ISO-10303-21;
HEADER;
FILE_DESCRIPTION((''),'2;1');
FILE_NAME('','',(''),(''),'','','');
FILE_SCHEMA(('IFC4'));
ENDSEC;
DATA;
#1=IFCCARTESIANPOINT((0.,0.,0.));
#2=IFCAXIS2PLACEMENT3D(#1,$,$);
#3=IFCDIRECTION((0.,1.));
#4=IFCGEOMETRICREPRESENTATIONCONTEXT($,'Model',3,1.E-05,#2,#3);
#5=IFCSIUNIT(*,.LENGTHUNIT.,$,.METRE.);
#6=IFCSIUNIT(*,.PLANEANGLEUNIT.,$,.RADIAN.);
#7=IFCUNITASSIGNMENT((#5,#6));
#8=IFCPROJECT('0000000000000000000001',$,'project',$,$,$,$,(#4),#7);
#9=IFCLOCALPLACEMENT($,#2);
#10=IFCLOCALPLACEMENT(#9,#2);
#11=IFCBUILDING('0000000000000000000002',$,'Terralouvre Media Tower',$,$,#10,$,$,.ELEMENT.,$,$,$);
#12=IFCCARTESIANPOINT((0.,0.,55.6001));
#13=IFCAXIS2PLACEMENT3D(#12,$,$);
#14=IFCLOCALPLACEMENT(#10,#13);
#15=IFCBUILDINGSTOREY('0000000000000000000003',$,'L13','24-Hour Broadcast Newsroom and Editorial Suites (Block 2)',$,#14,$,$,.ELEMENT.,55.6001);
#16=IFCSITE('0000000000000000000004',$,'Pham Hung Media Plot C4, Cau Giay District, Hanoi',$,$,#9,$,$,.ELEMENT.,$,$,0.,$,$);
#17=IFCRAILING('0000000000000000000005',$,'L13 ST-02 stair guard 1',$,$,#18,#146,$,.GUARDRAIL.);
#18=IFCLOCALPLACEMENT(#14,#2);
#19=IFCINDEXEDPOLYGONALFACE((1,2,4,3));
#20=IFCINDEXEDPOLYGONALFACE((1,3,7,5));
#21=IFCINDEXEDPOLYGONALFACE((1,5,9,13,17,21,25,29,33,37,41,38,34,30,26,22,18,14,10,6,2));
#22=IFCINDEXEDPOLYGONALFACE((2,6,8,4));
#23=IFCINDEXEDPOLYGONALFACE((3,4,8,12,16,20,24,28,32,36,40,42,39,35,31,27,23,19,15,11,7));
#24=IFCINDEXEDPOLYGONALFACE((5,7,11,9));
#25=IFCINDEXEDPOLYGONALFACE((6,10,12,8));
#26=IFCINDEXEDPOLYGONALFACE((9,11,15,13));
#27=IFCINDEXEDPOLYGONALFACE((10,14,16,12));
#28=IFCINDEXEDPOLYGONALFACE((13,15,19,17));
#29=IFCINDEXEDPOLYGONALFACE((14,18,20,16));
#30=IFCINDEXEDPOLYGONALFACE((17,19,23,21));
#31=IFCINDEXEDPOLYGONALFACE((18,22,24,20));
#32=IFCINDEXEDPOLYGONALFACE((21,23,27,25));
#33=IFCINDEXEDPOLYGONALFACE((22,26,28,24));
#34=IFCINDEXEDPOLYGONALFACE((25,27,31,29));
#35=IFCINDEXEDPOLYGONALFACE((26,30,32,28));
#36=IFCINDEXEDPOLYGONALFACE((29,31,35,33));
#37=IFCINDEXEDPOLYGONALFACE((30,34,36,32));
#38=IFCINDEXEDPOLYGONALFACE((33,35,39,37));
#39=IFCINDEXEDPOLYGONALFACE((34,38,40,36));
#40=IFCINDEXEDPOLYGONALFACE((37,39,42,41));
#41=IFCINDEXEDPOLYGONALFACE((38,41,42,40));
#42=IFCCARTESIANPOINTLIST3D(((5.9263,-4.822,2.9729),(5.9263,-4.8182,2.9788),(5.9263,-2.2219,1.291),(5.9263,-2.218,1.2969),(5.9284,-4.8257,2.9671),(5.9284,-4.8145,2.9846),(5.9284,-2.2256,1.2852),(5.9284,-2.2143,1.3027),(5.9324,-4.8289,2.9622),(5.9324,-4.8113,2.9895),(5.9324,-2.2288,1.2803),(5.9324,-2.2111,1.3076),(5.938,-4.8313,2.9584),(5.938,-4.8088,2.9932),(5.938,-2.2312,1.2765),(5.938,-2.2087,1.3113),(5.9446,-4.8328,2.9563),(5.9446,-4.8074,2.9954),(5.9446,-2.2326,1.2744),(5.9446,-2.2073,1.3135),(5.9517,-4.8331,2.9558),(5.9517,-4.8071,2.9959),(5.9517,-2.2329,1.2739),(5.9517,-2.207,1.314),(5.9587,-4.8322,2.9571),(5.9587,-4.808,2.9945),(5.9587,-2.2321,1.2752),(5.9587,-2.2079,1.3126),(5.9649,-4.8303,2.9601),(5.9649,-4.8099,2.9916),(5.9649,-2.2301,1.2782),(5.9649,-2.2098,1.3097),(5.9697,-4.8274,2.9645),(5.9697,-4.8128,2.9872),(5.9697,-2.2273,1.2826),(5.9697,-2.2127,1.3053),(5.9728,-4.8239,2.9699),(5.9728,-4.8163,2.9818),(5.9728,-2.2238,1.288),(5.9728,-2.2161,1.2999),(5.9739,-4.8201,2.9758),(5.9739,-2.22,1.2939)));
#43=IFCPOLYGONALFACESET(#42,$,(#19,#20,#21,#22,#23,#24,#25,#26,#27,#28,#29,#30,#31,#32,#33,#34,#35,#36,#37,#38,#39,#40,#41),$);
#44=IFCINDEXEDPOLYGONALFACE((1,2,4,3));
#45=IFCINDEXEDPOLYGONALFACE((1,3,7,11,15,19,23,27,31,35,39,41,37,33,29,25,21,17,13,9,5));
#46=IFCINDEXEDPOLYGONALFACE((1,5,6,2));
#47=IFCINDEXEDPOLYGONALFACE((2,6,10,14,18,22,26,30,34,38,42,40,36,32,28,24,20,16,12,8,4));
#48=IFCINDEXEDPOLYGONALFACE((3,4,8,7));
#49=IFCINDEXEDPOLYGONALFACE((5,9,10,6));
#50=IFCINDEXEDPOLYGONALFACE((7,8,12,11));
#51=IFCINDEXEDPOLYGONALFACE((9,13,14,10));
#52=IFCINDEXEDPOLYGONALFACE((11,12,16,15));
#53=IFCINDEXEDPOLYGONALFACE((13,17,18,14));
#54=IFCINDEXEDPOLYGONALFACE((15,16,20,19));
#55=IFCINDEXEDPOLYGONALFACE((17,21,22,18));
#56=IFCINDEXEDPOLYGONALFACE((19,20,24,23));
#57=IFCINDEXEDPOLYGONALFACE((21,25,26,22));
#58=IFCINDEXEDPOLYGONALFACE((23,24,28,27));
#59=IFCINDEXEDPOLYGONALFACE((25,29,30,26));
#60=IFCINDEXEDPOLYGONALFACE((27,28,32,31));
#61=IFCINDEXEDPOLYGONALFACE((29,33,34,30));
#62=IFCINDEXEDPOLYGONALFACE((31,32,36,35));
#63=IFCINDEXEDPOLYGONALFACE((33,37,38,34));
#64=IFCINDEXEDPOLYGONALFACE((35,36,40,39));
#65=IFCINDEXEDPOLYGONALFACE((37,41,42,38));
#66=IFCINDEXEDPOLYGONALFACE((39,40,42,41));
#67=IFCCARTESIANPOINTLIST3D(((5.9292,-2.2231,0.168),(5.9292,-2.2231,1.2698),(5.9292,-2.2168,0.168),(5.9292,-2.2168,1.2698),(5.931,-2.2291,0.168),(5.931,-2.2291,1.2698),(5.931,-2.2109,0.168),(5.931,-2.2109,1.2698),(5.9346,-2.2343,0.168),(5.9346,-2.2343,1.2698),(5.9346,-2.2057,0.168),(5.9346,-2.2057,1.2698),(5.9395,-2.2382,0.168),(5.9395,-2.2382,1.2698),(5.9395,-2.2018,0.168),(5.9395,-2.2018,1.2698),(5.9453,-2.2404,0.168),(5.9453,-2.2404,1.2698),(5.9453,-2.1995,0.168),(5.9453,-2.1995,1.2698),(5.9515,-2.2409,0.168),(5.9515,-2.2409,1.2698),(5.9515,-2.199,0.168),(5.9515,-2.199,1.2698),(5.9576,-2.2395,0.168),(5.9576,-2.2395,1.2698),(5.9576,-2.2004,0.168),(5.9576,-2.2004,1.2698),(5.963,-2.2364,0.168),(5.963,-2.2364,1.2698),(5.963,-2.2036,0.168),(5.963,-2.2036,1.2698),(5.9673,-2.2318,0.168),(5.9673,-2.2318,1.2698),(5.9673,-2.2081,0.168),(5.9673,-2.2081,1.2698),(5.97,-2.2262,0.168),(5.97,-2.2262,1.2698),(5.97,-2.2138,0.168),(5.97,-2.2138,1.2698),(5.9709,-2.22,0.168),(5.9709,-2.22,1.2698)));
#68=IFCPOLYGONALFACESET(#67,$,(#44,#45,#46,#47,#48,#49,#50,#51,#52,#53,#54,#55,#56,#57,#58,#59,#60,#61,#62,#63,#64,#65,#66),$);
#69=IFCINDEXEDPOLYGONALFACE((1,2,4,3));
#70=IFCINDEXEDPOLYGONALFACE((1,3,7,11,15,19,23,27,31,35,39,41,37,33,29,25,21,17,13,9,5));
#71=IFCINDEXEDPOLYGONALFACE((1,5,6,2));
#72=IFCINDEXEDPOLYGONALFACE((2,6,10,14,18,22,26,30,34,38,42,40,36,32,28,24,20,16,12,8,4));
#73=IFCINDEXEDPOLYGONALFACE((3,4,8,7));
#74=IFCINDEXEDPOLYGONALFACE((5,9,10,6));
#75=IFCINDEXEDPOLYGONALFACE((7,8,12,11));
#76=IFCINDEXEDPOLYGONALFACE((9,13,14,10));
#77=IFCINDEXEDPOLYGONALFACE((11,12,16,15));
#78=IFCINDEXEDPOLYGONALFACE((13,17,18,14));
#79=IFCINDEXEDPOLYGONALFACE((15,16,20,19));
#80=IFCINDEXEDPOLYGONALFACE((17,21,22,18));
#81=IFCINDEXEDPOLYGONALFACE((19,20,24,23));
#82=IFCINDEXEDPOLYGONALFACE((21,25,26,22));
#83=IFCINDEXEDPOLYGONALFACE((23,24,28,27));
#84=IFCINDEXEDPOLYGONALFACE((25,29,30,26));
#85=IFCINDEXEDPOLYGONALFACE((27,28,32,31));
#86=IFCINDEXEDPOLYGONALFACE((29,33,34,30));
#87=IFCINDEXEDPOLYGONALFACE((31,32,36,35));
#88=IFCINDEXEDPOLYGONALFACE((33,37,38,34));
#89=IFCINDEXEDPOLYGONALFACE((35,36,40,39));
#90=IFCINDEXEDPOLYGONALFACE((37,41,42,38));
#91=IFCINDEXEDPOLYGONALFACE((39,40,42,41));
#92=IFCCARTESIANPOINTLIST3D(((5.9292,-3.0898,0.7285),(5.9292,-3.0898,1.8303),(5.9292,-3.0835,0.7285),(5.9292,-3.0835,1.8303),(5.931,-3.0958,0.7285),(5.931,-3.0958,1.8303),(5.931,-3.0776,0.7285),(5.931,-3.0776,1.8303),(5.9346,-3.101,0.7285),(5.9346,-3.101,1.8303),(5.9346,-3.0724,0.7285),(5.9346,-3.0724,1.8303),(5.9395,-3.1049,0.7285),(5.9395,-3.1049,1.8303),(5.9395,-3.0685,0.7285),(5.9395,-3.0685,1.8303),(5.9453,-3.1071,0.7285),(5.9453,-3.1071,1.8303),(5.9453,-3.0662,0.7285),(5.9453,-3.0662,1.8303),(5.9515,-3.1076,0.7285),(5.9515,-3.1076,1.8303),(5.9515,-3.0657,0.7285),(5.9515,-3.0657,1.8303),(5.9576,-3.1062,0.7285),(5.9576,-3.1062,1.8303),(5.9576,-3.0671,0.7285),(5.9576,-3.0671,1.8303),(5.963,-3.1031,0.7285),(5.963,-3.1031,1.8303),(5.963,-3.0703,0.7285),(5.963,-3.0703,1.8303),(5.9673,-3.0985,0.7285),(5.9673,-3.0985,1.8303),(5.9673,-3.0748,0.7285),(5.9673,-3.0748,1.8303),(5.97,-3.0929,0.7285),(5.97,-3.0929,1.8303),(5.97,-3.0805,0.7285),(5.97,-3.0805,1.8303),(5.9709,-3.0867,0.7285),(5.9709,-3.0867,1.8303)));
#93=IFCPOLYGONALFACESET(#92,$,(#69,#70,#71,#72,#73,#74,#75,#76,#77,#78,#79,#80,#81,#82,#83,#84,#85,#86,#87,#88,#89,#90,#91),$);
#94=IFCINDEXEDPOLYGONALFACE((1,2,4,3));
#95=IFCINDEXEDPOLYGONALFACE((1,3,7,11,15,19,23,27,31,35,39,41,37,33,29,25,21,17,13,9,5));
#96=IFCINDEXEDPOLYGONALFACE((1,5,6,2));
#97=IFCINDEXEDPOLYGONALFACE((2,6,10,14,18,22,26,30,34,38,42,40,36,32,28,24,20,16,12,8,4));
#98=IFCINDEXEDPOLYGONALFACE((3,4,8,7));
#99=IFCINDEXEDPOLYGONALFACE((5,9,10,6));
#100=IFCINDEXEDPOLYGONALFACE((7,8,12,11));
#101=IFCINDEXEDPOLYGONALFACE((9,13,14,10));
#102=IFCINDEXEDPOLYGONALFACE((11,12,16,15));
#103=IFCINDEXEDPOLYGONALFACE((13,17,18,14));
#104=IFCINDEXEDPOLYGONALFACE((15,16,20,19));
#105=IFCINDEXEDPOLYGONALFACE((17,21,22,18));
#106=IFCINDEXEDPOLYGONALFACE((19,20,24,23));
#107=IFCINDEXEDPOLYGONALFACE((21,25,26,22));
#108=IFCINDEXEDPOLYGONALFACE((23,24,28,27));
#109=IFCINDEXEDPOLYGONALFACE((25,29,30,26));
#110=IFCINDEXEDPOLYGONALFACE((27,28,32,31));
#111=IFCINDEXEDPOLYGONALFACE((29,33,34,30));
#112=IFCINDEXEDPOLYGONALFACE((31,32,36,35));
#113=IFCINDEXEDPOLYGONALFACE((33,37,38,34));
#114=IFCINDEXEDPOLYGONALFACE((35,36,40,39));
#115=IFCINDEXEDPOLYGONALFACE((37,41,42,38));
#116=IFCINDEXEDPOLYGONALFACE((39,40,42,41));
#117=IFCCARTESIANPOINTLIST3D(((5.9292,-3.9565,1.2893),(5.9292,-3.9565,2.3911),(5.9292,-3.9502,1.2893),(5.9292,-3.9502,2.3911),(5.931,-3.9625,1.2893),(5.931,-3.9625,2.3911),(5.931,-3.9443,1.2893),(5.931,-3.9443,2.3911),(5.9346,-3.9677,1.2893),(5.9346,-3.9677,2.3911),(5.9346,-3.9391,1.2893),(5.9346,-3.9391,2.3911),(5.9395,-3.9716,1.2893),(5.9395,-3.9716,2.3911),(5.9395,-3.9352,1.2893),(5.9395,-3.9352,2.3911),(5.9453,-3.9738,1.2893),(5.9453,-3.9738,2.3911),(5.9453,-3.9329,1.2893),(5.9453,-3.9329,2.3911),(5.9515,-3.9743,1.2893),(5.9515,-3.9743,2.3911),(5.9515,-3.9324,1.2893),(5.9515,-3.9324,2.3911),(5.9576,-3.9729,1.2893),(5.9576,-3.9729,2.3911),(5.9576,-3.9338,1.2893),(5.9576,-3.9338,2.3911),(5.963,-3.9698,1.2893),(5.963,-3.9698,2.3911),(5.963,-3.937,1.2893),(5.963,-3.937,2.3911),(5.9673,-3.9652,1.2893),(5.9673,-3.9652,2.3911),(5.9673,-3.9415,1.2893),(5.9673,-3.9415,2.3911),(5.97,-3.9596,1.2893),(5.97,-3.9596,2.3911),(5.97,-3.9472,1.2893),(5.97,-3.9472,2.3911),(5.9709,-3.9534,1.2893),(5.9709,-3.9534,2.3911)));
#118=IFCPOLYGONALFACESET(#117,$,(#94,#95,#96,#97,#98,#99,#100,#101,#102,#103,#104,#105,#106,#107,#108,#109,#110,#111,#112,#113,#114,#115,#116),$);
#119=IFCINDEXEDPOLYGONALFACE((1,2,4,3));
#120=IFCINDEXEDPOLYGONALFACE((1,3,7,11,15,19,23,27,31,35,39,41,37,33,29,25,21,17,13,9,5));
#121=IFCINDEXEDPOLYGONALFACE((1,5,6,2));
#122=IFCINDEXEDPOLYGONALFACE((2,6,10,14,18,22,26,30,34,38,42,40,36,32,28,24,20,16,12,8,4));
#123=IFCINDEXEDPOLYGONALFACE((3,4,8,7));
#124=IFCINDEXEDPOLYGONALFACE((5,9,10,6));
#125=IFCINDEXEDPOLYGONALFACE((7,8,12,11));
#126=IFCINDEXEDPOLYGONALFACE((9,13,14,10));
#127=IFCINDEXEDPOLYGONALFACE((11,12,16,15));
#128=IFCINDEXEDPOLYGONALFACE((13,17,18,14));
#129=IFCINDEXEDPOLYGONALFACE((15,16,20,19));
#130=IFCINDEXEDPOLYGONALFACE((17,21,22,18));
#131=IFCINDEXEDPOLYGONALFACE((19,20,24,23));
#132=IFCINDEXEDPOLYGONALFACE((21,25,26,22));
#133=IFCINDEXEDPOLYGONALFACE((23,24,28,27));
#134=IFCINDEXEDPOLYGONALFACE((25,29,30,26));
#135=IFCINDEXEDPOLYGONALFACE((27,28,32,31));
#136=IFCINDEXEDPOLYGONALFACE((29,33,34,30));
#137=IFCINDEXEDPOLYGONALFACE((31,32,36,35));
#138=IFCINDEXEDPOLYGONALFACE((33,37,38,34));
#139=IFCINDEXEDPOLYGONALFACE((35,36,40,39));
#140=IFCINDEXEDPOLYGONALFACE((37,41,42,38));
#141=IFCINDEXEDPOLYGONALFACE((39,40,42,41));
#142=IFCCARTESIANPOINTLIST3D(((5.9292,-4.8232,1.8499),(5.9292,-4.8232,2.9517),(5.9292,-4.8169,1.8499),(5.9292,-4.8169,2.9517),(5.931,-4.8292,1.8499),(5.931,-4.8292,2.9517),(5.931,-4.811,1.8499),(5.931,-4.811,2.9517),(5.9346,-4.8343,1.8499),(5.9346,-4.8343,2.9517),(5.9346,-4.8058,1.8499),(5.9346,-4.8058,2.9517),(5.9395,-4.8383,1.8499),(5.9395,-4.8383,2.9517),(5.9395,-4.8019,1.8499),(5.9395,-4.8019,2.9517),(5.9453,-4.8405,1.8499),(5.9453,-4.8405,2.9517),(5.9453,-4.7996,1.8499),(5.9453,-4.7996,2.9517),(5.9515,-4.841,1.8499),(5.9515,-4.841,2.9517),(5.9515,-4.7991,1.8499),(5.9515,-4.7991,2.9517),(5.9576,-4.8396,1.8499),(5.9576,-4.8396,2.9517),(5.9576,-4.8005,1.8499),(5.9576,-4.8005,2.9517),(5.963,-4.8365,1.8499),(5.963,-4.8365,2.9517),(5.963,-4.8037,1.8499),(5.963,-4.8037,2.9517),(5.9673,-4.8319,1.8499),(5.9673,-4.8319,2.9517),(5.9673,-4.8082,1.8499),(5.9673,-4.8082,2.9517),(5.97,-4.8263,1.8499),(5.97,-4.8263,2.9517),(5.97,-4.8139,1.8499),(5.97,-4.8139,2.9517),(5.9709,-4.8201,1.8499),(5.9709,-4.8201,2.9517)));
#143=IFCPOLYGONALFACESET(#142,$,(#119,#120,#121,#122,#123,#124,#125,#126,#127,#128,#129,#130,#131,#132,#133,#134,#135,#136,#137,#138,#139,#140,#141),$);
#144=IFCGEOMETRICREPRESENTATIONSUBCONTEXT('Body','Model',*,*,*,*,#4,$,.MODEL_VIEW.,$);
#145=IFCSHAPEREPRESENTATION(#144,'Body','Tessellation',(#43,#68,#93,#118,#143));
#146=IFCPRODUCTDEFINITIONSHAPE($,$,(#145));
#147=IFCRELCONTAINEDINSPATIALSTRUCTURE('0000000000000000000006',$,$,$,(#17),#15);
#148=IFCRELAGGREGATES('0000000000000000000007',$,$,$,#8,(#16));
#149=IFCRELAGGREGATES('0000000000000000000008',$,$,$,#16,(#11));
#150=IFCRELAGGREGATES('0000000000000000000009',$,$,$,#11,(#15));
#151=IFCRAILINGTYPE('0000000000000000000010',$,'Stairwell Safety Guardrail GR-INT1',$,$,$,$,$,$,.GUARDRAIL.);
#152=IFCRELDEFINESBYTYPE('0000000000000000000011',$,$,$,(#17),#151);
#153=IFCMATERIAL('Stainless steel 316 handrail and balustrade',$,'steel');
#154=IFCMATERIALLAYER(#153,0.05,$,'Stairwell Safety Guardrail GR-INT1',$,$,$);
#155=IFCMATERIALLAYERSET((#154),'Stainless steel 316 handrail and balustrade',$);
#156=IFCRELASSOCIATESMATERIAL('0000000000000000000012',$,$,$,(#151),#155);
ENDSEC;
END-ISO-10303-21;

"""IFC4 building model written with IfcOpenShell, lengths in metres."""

from ifc_helpers import new_model, si_unit, direction, frame, origin, origin_2d, place, context, subcontext, project, spatial, circle, extrude, material, layer, layer_set, type_object, element, save


model = new_model("IFC4")

# Units and contexts
model_context = context("Model", 3, precision=1e-05, world=origin(), true_north=direction((0.0, 1.0)))
body_context = subcontext(model_context, "Body", "Model", "MODEL_VIEW")
ifc_project = project(units=[si_unit("LENGTHUNIT", "METRE"), si_unit("PLANEANGLEUNIT", "RADIAN")], contexts=[model_context])

# Site, building, storey
site_placement = place(None, origin())
site = spatial("IfcSite", under=ifc_project, at=site_placement, Name="Pham Hung Media Plot C4, Cau Giay District, Hanoi", CompositionType="ELEMENT", RefElevation=0.0)
building_placement = place(site_placement, origin())
building = spatial("IfcBuilding", under=site, at=building_placement, Name="Terralouvre Media Tower", CompositionType="ELEMENT")
storey_placement = place(building_placement, frame((0.0, 0.0, 55.6001)))
storey = spatial("IfcBuildingStorey", under=building, at=storey_placement, Name="L13", Description="24-Hour Broadcast Newsroom and Editorial Suites (Block 2)", CompositionType="ELEMENT", Elevation=55.6001)

# Railing
ifc_material_1 = material(Name="Stainless steel 316 handrail and balustrade", Category="steel")
ifc_layer_1 = layer(ifc_material_1, 0.05, Name="Stairwell Safety Guardrail GR-INT1")
ifc_layer_set_1 = layer_set([ifc_layer_1], Name="Stainless steel 316 handrail and balustrade")
railing_type_1 = type_object("IfcRailingType", Name="Stairwell Safety Guardrail GR-INT1", PredefinedType="GUARDRAIL", material=ifc_layer_set_1)
railing_1_placement = place(storey_placement, frame((5.95, -2.22, 0.168)))
element("IfcRailing", 1, at=railing_1_placement, inside=storey, type_object=railing_type_1, Name="L13 ST-02 stair guard 1", PredefinedType="GUARDRAIL", context=body_context, shape_type="SweptSolid", body=[
    extrude(circle(Radius=0.0239, at=origin_2d()), frame((0.0, 0.0, 1.126), z_axis=(0.0, -0.839648, 0.54313), x_axis=(1.0, 0.0, 0.0)), (0.0, 0.0, 1.0), 3.0967),
    extrude(circle(Radius=0.021, at=origin_2d()), origin(), (0.0, 0.0, 1.0), 1.1018),
    extrude(circle(Radius=0.021, at=origin_2d()), frame((0.0, -0.8667, 0.5605)), (0.0, 0.0, 1.0), 1.1018),
    extrude(circle(Radius=0.021, at=origin_2d()), frame((0.0, -1.7334, 1.1213)), (0.0, 0.0, 1.0), 1.1018),
    extrude(circle(Radius=0.021, at=origin_2d()), frame((0.0, -2.6001, 1.6819)), (0.0, 0.0, 1.0), 1.1018),
])

save(model, "model.ifc")
